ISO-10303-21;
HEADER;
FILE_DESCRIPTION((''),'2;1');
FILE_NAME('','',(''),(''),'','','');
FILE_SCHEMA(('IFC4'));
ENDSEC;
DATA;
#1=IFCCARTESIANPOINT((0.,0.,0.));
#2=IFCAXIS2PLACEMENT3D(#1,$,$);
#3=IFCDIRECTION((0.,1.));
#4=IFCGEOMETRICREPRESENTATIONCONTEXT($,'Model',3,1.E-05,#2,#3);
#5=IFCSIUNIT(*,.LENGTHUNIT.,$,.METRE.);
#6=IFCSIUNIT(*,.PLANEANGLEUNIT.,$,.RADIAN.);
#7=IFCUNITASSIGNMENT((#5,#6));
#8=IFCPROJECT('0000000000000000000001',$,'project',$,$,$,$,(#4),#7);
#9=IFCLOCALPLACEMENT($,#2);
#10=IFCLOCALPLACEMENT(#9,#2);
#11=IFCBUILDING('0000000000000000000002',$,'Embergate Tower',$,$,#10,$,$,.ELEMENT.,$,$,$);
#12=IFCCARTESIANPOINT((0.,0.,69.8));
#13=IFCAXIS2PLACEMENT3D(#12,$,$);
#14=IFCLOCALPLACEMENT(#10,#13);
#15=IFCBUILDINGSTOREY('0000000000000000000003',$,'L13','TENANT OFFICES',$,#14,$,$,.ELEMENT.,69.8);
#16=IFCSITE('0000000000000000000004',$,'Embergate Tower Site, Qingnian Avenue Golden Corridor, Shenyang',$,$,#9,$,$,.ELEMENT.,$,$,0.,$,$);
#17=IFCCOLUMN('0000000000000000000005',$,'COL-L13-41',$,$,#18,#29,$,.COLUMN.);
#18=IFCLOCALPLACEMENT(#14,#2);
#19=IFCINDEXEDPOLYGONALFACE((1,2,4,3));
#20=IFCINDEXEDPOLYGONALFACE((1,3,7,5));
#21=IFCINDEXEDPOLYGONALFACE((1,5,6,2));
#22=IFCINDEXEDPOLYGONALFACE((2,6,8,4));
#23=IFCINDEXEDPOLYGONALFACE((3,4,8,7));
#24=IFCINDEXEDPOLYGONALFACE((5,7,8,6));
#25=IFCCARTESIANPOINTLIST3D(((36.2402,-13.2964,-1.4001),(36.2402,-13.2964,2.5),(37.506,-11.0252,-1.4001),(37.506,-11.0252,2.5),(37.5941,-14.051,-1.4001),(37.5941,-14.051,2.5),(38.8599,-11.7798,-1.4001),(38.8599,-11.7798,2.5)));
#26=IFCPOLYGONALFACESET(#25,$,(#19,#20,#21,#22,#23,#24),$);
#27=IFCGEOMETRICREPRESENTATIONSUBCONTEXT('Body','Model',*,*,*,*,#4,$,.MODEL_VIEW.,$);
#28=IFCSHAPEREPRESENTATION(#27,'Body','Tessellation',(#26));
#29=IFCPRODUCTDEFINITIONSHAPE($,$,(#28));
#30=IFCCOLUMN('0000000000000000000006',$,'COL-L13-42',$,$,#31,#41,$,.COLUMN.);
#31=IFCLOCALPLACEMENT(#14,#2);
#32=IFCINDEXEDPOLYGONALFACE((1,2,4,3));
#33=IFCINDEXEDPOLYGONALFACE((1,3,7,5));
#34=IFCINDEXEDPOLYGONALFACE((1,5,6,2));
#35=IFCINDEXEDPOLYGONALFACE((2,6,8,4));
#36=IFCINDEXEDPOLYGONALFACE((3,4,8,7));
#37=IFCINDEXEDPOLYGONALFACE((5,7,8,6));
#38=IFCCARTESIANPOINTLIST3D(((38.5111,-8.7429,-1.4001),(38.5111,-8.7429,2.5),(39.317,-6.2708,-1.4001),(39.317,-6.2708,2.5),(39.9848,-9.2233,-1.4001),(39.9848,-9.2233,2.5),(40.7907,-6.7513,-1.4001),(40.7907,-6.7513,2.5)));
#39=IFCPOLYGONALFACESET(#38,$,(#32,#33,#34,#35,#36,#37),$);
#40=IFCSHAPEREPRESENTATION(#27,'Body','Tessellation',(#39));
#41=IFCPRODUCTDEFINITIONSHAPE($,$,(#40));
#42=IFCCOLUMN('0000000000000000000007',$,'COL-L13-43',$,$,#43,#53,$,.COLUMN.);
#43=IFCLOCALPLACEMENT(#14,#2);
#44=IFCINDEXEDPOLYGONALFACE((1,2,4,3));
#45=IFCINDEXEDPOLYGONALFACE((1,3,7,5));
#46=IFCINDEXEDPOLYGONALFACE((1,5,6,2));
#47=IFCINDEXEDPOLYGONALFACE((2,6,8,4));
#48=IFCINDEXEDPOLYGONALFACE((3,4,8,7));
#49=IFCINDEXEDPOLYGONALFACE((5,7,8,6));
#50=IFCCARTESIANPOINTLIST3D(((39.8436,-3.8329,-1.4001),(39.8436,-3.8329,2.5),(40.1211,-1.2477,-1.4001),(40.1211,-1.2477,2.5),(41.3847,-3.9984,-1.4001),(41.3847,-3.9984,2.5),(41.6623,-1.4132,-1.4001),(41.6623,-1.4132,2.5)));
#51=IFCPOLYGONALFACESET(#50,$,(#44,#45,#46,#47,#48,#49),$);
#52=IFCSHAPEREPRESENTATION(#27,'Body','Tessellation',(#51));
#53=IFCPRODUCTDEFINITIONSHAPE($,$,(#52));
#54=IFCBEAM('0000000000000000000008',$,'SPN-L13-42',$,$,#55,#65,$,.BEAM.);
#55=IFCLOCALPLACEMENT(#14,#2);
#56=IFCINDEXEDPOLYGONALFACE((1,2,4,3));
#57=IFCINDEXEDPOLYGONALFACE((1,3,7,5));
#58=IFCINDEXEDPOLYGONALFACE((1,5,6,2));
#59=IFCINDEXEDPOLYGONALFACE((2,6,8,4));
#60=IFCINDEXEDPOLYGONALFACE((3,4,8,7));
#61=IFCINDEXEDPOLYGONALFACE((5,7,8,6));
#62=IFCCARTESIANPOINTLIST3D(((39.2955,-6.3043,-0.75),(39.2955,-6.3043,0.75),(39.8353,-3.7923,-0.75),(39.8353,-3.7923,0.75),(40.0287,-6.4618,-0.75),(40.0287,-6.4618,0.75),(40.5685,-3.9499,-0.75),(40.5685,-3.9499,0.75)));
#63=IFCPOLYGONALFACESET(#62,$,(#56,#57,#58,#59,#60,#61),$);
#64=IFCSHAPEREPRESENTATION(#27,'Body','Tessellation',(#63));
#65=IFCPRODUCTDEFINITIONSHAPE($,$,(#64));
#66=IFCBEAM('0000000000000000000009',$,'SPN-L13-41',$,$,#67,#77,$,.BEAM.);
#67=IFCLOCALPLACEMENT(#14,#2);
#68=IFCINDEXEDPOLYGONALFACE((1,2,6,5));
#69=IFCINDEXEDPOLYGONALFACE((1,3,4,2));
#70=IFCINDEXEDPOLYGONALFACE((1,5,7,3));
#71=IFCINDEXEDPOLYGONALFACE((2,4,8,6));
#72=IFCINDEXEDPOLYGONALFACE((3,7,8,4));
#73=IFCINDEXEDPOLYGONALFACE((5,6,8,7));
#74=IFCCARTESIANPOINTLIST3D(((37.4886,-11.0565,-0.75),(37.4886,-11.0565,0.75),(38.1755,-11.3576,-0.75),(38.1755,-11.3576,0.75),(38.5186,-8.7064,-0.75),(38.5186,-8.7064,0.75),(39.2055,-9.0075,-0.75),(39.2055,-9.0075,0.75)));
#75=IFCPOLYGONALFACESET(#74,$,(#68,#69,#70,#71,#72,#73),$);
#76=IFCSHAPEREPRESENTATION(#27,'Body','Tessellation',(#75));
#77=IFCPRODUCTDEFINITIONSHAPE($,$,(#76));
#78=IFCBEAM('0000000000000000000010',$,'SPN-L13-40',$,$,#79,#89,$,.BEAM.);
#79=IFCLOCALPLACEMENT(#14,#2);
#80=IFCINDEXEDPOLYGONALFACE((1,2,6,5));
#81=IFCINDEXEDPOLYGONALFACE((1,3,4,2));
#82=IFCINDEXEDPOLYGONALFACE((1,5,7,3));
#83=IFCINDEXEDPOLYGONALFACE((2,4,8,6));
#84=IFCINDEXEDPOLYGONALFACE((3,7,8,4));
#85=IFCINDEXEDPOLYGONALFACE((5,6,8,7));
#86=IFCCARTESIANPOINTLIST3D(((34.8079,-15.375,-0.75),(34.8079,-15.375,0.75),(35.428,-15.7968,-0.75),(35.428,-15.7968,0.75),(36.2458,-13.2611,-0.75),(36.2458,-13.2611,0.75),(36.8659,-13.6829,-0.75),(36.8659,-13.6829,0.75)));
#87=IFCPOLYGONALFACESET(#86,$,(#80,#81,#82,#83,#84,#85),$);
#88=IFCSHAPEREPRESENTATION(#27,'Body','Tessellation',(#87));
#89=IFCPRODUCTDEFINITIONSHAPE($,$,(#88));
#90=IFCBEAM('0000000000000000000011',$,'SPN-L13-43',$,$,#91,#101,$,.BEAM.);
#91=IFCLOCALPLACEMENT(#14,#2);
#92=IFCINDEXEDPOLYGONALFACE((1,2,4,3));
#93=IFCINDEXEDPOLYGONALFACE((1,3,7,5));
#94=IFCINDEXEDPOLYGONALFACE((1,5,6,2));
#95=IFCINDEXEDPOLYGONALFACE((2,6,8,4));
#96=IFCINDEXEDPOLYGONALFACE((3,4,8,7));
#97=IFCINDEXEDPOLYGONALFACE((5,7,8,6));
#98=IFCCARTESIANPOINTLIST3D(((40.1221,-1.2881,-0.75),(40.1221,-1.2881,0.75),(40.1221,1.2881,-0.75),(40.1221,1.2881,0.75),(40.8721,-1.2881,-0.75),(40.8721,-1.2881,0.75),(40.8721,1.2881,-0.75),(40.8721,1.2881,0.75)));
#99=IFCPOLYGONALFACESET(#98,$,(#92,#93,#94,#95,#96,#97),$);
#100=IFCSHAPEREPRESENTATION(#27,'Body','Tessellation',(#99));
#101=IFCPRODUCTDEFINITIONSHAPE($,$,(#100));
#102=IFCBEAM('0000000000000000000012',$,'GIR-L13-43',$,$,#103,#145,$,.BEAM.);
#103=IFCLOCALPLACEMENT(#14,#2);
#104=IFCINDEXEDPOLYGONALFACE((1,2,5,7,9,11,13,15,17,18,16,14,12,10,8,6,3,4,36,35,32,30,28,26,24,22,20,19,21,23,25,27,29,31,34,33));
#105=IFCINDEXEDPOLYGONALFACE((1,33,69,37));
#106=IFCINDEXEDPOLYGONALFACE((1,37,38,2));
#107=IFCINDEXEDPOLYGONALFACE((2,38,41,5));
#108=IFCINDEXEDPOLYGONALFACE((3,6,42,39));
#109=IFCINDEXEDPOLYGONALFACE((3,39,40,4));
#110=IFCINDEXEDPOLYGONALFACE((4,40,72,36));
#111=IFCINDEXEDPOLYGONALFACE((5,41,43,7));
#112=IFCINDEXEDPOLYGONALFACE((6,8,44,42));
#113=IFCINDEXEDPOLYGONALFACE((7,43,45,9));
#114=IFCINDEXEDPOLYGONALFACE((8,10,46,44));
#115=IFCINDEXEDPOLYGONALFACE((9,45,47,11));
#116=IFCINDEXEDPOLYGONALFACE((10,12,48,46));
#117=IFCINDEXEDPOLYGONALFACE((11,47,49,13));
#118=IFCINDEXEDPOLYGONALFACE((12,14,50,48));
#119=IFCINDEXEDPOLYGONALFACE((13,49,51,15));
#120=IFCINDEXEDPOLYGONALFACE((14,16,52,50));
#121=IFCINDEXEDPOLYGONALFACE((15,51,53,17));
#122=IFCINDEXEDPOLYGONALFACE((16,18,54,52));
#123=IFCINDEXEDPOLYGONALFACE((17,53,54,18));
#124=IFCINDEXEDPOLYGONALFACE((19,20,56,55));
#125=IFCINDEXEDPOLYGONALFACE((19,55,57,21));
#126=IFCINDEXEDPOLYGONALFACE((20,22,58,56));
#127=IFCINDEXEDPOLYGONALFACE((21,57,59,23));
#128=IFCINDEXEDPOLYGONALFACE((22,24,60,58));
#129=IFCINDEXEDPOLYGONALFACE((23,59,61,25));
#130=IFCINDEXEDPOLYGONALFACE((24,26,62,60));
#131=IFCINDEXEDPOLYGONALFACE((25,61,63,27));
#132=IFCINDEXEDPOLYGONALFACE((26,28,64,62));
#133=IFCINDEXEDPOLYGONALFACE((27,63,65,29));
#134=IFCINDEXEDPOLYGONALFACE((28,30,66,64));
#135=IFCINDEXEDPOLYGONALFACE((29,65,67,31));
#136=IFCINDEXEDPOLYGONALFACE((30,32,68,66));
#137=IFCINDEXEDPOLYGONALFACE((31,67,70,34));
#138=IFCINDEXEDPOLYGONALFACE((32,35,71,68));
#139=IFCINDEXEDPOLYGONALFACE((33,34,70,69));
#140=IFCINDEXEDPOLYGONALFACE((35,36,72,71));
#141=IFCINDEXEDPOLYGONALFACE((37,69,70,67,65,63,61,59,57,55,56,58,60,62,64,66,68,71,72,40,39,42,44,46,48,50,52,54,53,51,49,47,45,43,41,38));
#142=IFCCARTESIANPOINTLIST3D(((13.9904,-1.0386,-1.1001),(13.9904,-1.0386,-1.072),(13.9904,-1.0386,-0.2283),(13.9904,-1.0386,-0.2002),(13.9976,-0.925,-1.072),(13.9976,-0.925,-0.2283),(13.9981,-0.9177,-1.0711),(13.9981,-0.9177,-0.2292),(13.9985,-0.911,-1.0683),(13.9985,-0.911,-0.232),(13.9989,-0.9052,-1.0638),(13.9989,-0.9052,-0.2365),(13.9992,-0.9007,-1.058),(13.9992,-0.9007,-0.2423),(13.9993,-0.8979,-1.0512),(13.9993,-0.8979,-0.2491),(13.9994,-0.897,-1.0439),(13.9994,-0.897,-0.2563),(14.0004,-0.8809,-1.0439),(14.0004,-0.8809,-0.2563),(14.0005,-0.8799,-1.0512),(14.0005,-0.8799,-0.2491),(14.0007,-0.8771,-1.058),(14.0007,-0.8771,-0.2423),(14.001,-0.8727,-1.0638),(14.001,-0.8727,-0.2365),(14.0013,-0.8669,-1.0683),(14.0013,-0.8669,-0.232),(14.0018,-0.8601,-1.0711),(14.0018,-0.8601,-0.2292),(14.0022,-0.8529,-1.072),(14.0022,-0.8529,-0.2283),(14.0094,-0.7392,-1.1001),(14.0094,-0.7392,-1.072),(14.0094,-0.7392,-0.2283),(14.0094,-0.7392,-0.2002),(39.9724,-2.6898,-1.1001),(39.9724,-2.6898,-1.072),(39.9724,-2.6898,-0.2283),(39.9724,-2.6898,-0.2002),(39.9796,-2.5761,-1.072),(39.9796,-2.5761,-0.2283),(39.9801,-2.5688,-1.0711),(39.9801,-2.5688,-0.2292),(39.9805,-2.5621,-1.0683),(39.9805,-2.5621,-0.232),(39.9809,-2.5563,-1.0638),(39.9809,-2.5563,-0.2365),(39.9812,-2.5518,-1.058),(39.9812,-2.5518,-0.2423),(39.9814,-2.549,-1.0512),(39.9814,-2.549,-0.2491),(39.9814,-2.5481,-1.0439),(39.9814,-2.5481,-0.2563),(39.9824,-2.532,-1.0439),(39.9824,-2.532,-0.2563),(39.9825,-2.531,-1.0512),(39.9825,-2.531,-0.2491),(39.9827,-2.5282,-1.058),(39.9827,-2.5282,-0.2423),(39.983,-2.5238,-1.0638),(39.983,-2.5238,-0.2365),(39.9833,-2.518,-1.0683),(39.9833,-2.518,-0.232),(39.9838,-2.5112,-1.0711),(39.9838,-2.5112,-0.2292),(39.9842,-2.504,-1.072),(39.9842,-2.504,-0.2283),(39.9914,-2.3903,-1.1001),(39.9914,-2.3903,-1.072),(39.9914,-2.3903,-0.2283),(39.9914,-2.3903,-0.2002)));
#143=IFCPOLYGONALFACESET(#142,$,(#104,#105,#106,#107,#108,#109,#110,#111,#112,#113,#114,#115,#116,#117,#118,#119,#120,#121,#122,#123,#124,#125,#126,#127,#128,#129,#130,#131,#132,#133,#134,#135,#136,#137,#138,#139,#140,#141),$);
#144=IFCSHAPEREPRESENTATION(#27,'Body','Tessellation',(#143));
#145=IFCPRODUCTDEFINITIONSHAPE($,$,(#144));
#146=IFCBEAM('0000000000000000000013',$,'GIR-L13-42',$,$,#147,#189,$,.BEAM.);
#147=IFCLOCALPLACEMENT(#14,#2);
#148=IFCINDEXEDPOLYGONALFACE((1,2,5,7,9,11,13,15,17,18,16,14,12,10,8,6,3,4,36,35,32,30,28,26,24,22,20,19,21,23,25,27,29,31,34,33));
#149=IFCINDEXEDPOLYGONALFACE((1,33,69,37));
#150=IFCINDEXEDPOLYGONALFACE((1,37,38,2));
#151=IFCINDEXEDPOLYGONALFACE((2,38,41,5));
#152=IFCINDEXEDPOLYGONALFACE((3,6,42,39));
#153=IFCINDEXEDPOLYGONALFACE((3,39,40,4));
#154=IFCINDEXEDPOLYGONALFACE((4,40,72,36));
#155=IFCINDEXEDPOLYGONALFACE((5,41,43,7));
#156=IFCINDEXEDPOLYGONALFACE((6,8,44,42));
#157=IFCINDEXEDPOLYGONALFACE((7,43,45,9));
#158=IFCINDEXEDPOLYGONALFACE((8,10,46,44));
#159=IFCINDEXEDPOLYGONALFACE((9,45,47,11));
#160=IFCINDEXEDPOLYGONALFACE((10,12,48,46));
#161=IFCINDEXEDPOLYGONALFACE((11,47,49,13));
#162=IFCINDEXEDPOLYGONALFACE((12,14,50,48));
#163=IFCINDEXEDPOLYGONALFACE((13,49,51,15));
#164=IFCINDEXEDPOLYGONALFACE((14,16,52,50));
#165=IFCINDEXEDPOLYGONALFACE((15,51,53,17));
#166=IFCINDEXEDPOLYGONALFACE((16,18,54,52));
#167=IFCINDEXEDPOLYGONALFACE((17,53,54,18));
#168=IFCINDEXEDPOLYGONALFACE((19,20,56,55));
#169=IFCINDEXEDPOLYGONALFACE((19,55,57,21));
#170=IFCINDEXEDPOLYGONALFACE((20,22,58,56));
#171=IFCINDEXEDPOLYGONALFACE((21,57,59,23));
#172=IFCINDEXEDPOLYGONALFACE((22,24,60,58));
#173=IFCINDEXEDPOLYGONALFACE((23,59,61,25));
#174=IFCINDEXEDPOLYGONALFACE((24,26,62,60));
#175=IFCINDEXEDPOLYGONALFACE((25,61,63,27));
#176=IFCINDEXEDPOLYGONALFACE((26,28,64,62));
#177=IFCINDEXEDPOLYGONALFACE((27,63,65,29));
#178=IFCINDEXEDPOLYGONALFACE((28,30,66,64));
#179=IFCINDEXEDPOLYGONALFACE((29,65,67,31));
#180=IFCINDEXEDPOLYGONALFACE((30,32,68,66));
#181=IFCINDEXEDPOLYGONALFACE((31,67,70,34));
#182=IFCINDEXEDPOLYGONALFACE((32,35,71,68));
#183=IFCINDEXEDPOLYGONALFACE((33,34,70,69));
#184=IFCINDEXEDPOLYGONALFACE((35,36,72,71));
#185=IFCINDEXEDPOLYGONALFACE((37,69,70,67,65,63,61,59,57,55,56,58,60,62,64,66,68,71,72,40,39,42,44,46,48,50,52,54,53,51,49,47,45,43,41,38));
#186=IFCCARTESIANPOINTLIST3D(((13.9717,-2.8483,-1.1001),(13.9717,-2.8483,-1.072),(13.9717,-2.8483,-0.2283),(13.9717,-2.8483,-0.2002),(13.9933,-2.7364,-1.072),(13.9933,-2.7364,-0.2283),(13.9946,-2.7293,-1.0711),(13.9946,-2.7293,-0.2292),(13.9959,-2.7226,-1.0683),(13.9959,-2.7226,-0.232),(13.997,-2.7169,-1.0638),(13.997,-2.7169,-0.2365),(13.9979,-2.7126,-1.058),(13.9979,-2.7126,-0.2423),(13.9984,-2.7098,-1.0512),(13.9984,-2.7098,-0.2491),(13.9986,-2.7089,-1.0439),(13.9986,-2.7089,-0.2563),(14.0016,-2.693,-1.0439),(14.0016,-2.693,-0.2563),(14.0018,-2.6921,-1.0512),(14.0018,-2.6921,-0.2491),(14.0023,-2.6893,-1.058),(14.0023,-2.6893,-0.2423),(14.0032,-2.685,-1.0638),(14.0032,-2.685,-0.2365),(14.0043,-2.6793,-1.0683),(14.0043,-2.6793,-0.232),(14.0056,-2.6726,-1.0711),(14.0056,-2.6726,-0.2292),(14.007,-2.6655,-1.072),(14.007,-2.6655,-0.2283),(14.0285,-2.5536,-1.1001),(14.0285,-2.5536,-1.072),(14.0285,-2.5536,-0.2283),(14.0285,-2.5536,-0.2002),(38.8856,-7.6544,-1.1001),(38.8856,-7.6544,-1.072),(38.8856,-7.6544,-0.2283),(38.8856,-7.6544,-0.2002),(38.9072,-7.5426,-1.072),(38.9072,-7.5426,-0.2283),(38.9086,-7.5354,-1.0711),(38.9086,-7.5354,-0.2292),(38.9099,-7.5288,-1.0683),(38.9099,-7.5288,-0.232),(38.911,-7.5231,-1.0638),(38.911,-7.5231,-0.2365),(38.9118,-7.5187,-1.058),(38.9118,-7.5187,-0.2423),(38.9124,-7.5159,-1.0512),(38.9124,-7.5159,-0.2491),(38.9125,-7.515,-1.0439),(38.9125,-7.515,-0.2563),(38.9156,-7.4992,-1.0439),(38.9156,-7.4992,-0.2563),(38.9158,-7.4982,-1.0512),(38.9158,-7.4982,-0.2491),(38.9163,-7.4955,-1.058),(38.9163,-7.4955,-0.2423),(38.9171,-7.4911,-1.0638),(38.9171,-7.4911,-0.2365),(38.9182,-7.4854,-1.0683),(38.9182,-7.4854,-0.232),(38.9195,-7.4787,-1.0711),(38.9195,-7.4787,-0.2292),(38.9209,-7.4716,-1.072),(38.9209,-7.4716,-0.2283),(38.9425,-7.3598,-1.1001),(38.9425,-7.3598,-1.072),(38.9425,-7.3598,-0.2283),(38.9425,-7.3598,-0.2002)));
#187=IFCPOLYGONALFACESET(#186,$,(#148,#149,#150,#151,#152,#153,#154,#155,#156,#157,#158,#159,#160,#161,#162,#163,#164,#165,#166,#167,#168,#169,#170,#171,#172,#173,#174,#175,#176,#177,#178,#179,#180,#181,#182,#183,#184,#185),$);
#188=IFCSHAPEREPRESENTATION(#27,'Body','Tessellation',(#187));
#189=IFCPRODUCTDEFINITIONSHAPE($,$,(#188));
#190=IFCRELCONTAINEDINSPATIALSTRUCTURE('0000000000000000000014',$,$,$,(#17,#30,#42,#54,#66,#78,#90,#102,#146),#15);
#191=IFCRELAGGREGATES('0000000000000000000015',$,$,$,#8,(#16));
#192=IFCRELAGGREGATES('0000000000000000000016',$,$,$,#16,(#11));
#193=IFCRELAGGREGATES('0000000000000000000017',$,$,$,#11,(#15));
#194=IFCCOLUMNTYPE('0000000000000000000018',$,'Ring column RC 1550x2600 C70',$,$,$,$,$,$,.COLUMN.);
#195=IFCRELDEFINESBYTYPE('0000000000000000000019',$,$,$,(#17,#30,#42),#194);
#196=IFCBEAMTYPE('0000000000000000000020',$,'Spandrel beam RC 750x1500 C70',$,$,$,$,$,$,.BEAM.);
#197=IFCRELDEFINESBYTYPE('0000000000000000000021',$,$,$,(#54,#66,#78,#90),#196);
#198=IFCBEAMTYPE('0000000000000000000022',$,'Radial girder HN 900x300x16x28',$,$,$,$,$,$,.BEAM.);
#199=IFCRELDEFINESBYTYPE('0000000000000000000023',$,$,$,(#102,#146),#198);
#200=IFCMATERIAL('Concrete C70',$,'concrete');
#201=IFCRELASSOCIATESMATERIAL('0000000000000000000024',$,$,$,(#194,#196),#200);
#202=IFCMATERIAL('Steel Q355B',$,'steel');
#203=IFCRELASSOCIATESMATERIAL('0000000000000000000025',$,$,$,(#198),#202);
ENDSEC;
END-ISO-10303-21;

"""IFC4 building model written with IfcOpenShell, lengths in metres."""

from ifc_helpers import new_model, si_unit, direction, frame, origin, origin_2d, place, context, subcontext, project, spatial, rectangle, i_section, extrude, source, transform, mapped, material, material_profile, profile_set, type_object, element, save


model = new_model("IFC4")

# Units and contexts
model_context = context("Model", 3, precision=1e-05, world=origin(), true_north=direction((0.0, 1.0)))
body_context = subcontext(model_context, "Body", "Model", "MODEL_VIEW")
ifc_project = project(units=[si_unit("LENGTHUNIT", "METRE"), si_unit("PLANEANGLEUNIT", "RADIAN")], contexts=[model_context])

# Site, building, storey
site_placement = place(None, origin())
site = spatial("IfcSite", under=ifc_project, at=site_placement, Name="Embergate Tower Site, Qingnian Avenue Golden Corridor, Shenyang", CompositionType="ELEMENT", RefElevation=0.0)
building_placement = place(site_placement, origin())
building = spatial("IfcBuilding", under=site, at=building_placement, Name="Embergate Tower", CompositionType="ELEMENT")
storey_placement = place(building_placement, frame((0.0, 0.0, 69.8)))
storey = spatial("IfcBuildingStorey", under=building, at=storey_placement, Name="L13", Description="TENANT OFFICES", CompositionType="ELEMENT", Elevation=69.8)

# Columns
ifc_material_1 = material(Name="Concrete C70", Category="concrete")
ifc_material_profile_1 = material_profile(ifc_material_1, rectangle(XDim=1.55, YDim=2.6001, at=origin_2d()), Name="RC 1550x2600")
ifc_profile_set_1 = profile_set([ifc_material_profile_1], Name="Concrete C70")
column_type = type_object("IfcColumnType", Name="Ring column RC 1550x2600 C70", PredefinedType="COLUMN", material=ifc_profile_set_1)
shared_shape_1 = source(origin(), body_context, "Body", "SweptSolid", [
    extrude(rectangle(XDim=1.55, YDim=2.6001, at=origin_2d()), origin(), (0.0, 0.0, 1.0), 3.9001),
])
for number, where, z_axis, x_axis, name in (
    (1, (37.55, -12.5381, -1.4001), (0.0, 0.0, 1.0), (0.8735, -0.486823, 0.0), "COL-L13-41"),
    (2, (39.6509, -7.7471, -1.4001), (0.0, 0.0, 1.0), (0.950754, -0.309946, 0.0), "COL-L13-42"),
    (3, (40.7529, -2.623, -1.4001), (0.0, 0.0, 1.0), (0.994286, -0.10675, 0.0), "COL-L13-43"),
):
    element("IfcColumn", number, at=place(storey_placement, frame(where, z_axis=z_axis, x_axis=x_axis)), inside=storey, type_object=column_type, Name=name, PredefinedType="COLUMN", context=body_context, shape_type="MappedRepresentation", body=[
        mapped(shared_shape_1, transform((0.0, 0.0, 0.0))),
    ])

# Beams
ifc_material_profile_2 = material_profile(ifc_material_1, rectangle(XDim=0.75, YDim=1.5, at=origin_2d()), Name="RC 750x1500")
ifc_profile_set_2 = profile_set([ifc_material_profile_2], Name="Concrete C70")
beam_type_1 = type_object("IfcBeamType", Name="Spandrel beam RC 750x1500 C70", PredefinedType="BEAM", material=ifc_profile_set_2)
shared_shape_2 = source(origin(), body_context, "Body", "SweptSolid", [
    extrude(rectangle(XDim=0.75, YDim=1.5, at=origin_2d()), origin(), (0.0, 0.0, 1.0), 2.5693),
])
beam_1_placement = place(storey_placement, frame((39.6621, -6.3831, 0.0), z_axis=(0.210094, 0.977681, 0.0), x_axis=(-0.977681, 0.210094, 0.0)))
element("IfcBeam", 4, at=beam_1_placement, inside=storey, type_object=beam_type_1, Name="SPN-L13-42", PredefinedType="BEAM", context=body_context, shape_type="MappedRepresentation", body=[
    mapped(shared_shape_2, transform((0.0, 0.0, 0.0))),
])
shared_shape_3 = source(origin(), body_context, "Body", "SweptSolid", [
    extrude(rectangle(XDim=0.75, YDim=1.5, at=origin_2d()), origin(), (0.0, 0.0, 1.0), 2.5659),
])
beam_2_placement = place(storey_placement, frame((37.832, -11.207, 0.0), z_axis=(0.401428, 0.915891, 0.0), x_axis=(-0.915891, 0.401428, 0.0)))
element("IfcBeam", 5, at=beam_2_placement, inside=storey, type_object=beam_type_1, Name="SPN-L13-41", PredefinedType="BEAM", context=body_context, shape_type="MappedRepresentation", body=[
    mapped(shared_shape_3, transform((0.0, 0.0, 0.0))),
])
shared_shape_4 = source(origin(), body_context, "Body", "SweptSolid", [
    extrude(rectangle(XDim=0.75, YDim=1.5, at=origin_2d()), origin(), (0.0, 0.0, 1.0), 2.5566),
])
beam_3_placement = place(storey_placement, frame((35.1179, -15.5859, 0.0), z_axis=(0.562433, 0.826843, 0.0), x_axis=(-0.826843, 0.562433, 0.0)))
element("IfcBeam", 6, at=beam_3_placement, inside=storey, type_object=beam_type_1, Name="SPN-L13-40", PredefinedType="BEAM", context=body_context, shape_type="MappedRepresentation", body=[
    mapped(shared_shape_4, transform((0.0, 0.0, 0.0))),
])
shared_shape_5 = source(origin(), body_context, "Body", "SweptSolid", [
    extrude(rectangle(XDim=0.75, YDim=1.5, at=origin_2d()), origin(), (0.0, 0.0, 1.0), 2.5762),
])
beam_4_placement = place(storey_placement, frame((40.4971, -1.2881, 0.0), z_axis=(0.0, 1.0, 0.0), x_axis=(-1.0, 0.0, 0.0)))
element("IfcBeam", 7, at=beam_4_placement, inside=storey, type_object=beam_type_1, Name="SPN-L13-43", PredefinedType="BEAM", context=body_context, shape_type="MappedRepresentation", body=[
    mapped(shared_shape_5, transform((0.0, 0.0, 0.0))),
])
ifc_material_2 = material(Name="Steel Q355B", Category="steel")
ifc_material_profile_3 = material_profile(ifc_material_2, i_section(OverallWidth=0.3, OverallDepth=0.8999, WebThickness=0.0161, FlangeThickness=0.0281, FilletRadius=0.0281, at=origin_2d()), Name="HN 900x300x16x28")
ifc_profile_set_3 = profile_set([ifc_material_profile_3], Name="Steel Q355 grade B")
beam_type_2 = type_object("IfcBeamType", Name="Radial girder HN 900x300x16x28", PredefinedType="BEAM", material=ifc_profile_set_3)
shared_shape_6 = source(origin(), body_context, "Body", "SweptSolid", [
    extrude(i_section(OverallWidth=0.3, OverallDepth=0.8999, WebThickness=0.0161, FlangeThickness=0.0281, FilletRadius=0.0281, at=origin_2d()), origin(), (0.0, 0.0, 1.0), 26.0344),
])
beam_5_placement = place(storey_placement, frame((39.9819, -2.54, -0.6501), z_axis=(-0.997987, 0.063421, 0.0), x_axis=(-0.063421, -0.997987, 0.0)))
element("IfcBeam", 8, at=beam_5_placement, inside=storey, type_object=beam_type_2, Name="GIR-L13-43", PredefinedType="BEAM", context=body_context, shape_type="MappedRepresentation", body=[
    mapped(shared_shape_6, transform((0.0, 0.0, 0.0))),
])
shared_shape_7 = source(origin(), body_context, "Body", "SweptSolid", [
    extrude(i_section(OverallWidth=0.3, OverallDepth=0.8999, WebThickness=0.0161, FlangeThickness=0.0281, FilletRadius=0.0281, at=origin_2d()), origin(), (0.0, 0.0, 1.0), 25.3733),
])
beam_6_placement = place(storey_placement, frame((38.9141, -7.5071, -0.6501), z_axis=(-0.981897, 0.189417, 0.0), x_axis=(-0.189417, -0.981897, 0.0)))
element("IfcBeam", 9, at=beam_6_placement, inside=storey, type_object=beam_type_2, Name="GIR-L13-42", PredefinedType="BEAM", context=body_context, shape_type="MappedRepresentation", body=[
    mapped(shared_shape_7, transform((0.0, 0.0, 0.0))),
])

save(model, "model.ifc")
